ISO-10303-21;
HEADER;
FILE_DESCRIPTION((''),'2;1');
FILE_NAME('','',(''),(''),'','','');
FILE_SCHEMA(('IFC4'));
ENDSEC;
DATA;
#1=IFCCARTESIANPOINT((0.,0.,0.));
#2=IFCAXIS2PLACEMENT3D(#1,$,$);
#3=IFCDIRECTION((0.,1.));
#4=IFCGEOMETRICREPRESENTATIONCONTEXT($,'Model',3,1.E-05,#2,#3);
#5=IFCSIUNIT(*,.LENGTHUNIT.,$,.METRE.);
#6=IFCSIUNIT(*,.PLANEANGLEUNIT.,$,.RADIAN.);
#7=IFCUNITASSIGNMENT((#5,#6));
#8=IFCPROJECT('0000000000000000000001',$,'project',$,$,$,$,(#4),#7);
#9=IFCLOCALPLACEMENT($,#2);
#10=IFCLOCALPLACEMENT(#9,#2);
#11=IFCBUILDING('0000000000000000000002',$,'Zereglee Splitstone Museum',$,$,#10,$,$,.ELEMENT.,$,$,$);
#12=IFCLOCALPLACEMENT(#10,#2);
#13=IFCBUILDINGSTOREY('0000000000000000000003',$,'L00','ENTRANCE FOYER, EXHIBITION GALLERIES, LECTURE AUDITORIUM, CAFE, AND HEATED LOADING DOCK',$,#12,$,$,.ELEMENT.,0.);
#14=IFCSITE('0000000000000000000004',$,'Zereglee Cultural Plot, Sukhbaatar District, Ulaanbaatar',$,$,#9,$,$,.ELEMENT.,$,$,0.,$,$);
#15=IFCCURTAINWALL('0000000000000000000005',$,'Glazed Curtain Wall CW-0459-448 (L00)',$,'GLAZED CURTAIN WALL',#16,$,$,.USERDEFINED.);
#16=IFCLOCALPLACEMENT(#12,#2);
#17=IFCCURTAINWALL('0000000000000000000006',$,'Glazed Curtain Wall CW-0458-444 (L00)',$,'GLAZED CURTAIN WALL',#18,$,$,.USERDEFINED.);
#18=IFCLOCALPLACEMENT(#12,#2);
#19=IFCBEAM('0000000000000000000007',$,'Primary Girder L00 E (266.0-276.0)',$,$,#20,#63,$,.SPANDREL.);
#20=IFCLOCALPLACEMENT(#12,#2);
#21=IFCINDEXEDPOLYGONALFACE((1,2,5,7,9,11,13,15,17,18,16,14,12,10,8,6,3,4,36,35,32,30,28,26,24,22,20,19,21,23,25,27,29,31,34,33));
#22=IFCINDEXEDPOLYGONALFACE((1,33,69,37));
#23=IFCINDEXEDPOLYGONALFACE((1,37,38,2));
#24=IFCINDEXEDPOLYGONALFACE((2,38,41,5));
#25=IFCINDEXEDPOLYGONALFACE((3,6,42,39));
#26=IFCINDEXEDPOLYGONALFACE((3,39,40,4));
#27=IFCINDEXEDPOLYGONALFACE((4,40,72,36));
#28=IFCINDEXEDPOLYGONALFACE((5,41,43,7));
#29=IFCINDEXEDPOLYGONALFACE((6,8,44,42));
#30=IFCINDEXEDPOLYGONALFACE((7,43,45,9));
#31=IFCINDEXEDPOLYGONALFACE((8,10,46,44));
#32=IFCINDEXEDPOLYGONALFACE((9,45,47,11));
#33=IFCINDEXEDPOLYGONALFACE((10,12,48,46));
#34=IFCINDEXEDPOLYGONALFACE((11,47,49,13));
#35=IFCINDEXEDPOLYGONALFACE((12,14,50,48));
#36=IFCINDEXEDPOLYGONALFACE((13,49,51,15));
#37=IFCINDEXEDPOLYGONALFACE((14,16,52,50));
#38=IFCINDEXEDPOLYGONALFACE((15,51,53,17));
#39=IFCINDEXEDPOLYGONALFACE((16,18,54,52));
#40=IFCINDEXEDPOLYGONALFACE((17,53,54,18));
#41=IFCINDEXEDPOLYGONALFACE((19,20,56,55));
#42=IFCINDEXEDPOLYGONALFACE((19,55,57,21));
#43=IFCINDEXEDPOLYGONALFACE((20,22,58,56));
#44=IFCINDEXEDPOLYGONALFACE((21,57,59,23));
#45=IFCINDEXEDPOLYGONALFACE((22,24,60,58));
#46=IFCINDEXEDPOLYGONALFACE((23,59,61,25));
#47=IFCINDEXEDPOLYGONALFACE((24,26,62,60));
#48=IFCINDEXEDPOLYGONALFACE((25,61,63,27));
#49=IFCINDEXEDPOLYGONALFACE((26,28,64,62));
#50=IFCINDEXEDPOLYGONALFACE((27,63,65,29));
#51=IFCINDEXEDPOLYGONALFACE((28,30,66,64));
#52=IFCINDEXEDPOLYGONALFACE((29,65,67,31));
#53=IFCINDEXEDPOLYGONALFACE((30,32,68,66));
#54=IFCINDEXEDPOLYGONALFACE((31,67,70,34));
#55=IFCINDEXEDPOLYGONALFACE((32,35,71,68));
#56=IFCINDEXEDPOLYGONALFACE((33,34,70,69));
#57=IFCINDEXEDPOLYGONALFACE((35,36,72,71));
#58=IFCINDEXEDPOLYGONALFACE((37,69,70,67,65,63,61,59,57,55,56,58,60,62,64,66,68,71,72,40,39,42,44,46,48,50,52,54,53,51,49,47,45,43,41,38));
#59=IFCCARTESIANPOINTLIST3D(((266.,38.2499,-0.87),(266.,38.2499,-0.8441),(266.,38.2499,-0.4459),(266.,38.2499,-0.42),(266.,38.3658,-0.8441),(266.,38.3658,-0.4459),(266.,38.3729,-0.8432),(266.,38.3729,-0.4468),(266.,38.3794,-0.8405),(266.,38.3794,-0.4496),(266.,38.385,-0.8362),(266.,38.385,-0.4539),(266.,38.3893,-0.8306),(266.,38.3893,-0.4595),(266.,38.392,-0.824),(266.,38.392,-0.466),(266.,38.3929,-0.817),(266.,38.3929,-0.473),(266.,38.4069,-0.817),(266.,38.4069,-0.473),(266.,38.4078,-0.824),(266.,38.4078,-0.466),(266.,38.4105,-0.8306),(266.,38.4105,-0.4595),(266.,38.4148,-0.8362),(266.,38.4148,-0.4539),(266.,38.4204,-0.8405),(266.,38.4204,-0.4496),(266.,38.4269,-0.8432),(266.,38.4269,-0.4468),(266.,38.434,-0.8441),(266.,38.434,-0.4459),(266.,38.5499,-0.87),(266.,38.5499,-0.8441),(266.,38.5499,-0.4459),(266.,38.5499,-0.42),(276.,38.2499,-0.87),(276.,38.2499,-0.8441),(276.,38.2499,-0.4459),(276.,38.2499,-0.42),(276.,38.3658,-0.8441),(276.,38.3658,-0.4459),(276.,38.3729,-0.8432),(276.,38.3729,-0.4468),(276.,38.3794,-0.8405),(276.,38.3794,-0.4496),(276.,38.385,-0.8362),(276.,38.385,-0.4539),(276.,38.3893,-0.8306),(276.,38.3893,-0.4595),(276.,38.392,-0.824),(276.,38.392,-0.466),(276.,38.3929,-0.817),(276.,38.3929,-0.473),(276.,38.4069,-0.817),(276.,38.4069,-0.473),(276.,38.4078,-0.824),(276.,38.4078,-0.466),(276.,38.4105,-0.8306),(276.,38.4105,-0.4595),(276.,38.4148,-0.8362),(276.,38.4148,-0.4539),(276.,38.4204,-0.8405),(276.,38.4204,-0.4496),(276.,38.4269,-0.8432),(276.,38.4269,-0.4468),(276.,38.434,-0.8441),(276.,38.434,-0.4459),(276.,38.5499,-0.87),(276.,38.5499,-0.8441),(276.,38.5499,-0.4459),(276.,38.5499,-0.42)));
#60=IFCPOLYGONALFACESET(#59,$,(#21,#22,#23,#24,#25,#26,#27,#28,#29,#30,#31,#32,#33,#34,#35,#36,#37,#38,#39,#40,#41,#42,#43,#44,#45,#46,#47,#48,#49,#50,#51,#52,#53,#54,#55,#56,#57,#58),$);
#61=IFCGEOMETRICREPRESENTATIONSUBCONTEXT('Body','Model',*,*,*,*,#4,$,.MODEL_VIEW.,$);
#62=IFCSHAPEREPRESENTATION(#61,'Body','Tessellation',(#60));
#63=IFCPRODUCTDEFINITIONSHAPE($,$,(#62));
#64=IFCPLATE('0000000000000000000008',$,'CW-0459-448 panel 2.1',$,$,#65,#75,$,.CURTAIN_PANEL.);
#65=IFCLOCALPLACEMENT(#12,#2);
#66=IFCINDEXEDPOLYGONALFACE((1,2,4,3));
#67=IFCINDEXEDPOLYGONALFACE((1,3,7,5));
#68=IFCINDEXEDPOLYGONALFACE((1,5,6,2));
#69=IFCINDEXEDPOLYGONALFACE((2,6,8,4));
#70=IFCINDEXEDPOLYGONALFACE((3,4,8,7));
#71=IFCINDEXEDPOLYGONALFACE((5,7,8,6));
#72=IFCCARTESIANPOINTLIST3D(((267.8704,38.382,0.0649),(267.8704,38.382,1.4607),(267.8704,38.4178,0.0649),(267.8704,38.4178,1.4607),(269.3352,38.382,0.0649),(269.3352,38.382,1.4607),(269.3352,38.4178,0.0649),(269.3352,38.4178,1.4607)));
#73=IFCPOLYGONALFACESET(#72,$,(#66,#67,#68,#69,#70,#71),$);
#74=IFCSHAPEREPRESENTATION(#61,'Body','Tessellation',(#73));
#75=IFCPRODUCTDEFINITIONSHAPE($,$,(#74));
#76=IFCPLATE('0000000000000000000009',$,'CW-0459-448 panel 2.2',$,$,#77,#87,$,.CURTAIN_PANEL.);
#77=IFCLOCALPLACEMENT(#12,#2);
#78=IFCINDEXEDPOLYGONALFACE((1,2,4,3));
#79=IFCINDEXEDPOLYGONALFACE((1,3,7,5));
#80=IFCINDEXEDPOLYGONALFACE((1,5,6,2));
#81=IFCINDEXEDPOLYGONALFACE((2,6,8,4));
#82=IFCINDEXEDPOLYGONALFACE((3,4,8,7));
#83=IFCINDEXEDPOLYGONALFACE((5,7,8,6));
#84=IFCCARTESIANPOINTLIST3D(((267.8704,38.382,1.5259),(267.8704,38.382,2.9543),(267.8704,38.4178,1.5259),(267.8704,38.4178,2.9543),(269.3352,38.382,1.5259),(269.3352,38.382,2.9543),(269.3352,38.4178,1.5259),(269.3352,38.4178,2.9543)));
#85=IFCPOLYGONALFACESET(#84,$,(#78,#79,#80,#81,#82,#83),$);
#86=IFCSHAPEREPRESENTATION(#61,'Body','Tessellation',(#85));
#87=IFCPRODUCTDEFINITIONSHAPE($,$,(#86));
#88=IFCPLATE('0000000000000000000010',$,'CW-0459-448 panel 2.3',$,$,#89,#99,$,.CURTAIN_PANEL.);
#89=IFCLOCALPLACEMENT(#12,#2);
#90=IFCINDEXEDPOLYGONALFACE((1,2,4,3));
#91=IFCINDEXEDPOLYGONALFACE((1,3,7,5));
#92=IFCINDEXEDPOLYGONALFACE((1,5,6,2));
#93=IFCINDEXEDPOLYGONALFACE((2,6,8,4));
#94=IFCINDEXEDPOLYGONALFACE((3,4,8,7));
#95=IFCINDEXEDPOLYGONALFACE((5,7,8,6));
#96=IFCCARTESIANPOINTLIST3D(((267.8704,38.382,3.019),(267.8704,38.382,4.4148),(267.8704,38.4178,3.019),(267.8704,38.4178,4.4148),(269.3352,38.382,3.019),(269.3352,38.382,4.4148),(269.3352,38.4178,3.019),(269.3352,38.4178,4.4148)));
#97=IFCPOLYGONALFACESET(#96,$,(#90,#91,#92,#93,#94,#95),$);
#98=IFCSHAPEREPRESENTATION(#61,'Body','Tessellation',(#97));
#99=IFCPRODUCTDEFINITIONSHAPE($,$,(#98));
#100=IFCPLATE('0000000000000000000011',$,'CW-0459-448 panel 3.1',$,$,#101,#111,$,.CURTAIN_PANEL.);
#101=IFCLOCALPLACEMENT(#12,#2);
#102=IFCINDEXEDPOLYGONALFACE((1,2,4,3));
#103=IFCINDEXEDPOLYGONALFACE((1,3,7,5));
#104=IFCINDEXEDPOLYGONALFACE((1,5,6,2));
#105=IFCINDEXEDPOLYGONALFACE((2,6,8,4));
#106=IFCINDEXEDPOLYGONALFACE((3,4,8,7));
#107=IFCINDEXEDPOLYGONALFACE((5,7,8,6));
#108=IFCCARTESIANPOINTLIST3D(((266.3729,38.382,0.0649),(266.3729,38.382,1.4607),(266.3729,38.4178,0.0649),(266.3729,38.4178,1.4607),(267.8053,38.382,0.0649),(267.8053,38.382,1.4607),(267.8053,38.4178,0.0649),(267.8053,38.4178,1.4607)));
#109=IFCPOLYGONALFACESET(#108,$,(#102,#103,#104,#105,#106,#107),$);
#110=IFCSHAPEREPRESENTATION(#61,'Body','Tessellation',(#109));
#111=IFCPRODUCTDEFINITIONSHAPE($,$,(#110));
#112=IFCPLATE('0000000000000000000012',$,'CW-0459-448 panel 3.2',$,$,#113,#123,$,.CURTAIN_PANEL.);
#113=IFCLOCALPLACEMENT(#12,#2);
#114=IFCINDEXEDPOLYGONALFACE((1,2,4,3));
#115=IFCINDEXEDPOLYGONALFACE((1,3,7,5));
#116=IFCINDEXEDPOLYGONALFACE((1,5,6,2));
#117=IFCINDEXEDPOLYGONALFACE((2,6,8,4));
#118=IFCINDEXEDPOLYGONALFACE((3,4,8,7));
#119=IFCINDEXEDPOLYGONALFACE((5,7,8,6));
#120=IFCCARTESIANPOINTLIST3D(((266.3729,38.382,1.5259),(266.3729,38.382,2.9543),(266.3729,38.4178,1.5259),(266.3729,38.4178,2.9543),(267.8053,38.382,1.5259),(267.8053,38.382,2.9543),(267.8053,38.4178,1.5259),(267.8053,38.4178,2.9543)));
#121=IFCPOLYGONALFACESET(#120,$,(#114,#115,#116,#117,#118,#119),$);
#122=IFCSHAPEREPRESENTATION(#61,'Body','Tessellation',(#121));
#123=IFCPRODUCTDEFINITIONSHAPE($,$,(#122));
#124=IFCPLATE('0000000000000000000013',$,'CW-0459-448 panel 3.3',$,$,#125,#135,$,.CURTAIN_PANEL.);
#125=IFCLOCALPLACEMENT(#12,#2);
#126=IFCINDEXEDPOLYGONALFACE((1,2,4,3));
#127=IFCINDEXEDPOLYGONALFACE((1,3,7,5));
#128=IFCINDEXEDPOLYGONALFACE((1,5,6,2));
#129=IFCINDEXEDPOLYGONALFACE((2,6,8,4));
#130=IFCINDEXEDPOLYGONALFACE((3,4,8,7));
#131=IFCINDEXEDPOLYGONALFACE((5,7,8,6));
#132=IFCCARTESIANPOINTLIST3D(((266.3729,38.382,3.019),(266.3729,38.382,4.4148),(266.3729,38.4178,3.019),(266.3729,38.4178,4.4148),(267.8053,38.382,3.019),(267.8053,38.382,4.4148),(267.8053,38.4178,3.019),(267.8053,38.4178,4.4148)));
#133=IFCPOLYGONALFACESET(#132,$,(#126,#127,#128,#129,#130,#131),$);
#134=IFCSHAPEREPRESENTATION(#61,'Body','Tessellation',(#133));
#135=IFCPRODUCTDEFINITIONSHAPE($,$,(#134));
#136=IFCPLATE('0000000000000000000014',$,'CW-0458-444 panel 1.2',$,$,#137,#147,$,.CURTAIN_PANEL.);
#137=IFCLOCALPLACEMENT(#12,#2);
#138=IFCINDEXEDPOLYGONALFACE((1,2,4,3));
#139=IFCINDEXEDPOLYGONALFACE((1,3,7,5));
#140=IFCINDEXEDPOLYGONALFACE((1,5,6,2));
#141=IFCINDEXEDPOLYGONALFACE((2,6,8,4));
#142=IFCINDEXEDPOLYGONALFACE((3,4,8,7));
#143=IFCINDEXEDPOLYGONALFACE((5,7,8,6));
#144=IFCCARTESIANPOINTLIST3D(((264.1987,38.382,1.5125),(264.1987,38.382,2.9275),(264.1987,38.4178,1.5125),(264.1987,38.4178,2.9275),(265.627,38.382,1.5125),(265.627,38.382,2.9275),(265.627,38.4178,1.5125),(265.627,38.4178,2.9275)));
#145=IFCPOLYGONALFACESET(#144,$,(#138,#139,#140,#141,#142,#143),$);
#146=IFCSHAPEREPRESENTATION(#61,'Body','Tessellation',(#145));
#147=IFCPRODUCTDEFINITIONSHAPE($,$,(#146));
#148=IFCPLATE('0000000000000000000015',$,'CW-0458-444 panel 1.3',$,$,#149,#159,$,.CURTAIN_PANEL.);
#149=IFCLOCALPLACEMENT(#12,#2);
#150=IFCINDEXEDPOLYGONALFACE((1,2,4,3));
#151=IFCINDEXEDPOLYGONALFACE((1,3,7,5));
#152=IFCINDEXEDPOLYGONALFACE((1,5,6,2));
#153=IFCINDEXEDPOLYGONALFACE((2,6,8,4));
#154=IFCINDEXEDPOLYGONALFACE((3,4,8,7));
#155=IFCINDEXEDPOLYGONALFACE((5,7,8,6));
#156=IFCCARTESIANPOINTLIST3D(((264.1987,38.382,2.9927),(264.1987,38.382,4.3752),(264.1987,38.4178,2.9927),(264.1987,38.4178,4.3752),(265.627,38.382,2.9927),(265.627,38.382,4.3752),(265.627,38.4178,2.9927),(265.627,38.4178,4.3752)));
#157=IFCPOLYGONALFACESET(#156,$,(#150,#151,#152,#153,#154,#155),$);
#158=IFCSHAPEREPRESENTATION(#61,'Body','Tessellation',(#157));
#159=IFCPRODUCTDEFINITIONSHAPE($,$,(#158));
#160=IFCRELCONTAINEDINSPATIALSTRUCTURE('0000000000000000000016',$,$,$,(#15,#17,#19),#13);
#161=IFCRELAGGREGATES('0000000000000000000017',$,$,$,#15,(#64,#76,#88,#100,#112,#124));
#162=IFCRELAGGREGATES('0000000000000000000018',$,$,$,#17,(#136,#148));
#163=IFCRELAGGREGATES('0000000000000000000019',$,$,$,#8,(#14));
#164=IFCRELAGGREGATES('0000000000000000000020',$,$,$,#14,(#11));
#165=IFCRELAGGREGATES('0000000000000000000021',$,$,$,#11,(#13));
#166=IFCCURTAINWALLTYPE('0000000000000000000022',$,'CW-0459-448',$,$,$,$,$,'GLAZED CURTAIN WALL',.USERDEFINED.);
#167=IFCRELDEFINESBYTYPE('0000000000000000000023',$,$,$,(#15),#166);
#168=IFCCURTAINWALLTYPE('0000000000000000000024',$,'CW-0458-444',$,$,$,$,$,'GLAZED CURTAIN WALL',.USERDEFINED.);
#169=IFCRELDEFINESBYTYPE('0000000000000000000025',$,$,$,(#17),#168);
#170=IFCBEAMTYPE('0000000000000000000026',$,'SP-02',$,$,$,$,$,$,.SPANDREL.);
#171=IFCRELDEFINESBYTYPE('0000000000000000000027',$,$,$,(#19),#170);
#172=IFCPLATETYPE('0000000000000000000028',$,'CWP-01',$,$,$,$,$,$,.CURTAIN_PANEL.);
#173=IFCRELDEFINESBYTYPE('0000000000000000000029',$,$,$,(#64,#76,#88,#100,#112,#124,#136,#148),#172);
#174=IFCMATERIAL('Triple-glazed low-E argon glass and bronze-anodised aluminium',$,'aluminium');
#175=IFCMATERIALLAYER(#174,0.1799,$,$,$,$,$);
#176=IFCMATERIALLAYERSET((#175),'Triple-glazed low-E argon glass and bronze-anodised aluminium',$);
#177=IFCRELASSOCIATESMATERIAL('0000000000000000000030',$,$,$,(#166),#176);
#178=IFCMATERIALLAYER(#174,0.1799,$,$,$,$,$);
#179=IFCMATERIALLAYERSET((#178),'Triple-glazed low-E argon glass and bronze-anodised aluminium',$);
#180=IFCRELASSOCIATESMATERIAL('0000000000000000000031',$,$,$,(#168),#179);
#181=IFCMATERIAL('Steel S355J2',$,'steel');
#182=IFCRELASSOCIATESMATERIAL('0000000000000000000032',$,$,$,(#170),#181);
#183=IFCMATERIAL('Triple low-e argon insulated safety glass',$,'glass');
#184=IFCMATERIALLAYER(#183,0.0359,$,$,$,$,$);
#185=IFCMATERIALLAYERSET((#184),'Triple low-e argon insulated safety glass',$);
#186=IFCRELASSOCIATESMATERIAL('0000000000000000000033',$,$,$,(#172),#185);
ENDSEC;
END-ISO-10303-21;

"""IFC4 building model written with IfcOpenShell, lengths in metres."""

from ifc_helpers import new_model, si_unit, direction, frame, origin, origin_2d, place, context, subcontext, project, spatial, rectangle, i_section, extrude, material, layer, layer_set, material_profile, profile_set, type_object, element, aggregate, save


model = new_model("IFC4")

# Units and contexts
model_context = context("Model", 3, precision=1e-05, world=origin(), true_north=direction((0.0, 1.0)))
body_context = subcontext(model_context, "Body", "Model", "MODEL_VIEW")
ifc_project = project(units=[si_unit("LENGTHUNIT", "METRE"), si_unit("PLANEANGLEUNIT", "RADIAN")], contexts=[model_context])

# Site, building, storey
site_placement = place(None, origin())
site = spatial("IfcSite", under=ifc_project, at=site_placement, Name="Zereglee Cultural Plot, Sukhbaatar District, Ulaanbaatar", CompositionType="ELEMENT", RefElevation=0.0)
building_placement = place(site_placement, origin())
building = spatial("IfcBuilding", under=site, at=building_placement, Name="Zereglee Splitstone Museum", CompositionType="ELEMENT")
storey_placement = place(building_placement, origin())
storey = spatial("IfcBuildingStorey", under=building, at=storey_placement, Name="L00", Description="ENTRANCE FOYER, EXHIBITION GALLERIES, LECTURE AUDITORIUM, CAFE, AND HEATED LOADING DOCK", CompositionType="ELEMENT", Elevation=0.0)

# Curtain wall
ifc_material_1 = material(Name="Triple-glazed low-E argon glass and bronze-anodised aluminium", Category="aluminium")
ifc_layer_1 = layer(ifc_material_1, 0.1799)
ifc_layer_set_1 = layer_set([ifc_layer_1], Name="Triple-glazed low-E argon glass and bronze-anodised aluminium")
curtain_wall_type_1 = type_object("IfcCurtainWallType", Name="CW-0459-448", ElementType="GLAZED CURTAIN WALL", PredefinedType="USERDEFINED", material=ifc_layer_set_1)
curtain_wall_1_placement = place(storey_placement, origin())
curtain_wall_1 = element("IfcCurtainWall", 1, at=curtain_wall_1_placement, inside=storey, type_object=curtain_wall_type_1, Name="Glazed Curtain Wall CW-0459-448 (L00)", ObjectType="GLAZED CURTAIN WALL", PredefinedType="USERDEFINED")

# Curtain wall
ifc_layer_2 = layer(ifc_material_1, 0.1799)
ifc_layer_set_2 = layer_set([ifc_layer_2], Name="Triple-glazed low-E argon glass and bronze-anodised aluminium")
curtain_wall_type_2 = type_object("IfcCurtainWallType", Name="CW-0458-444", ElementType="GLAZED CURTAIN WALL", PredefinedType="USERDEFINED", material=ifc_layer_set_2)
curtain_wall_2_placement = place(storey_placement, origin())
curtain_wall_2 = element("IfcCurtainWall", 2, at=curtain_wall_2_placement, inside=storey, type_object=curtain_wall_type_2, Name="Glazed Curtain Wall CW-0458-444 (L00)", ObjectType="GLAZED CURTAIN WALL", PredefinedType="USERDEFINED")

# Beam
ifc_material_2 = material(Name="Steel S355J2", Category="steel")
ifc_material_profile_1 = material_profile(ifc_material_2, i_section(OverallWidth=0.3, OverallDepth=0.45, WebThickness=0.0139, FlangeThickness=0.0259, FilletRadius=0.0271, at=origin_2d()), Name="HE 450 B")
ifc_profile_set_1 = profile_set([ifc_material_profile_1], Name="Steel S355J2")
beam_type = type_object("IfcBeamType", Name="SP-02", PredefinedType="SPANDREL", material=ifc_profile_set_1)
beam_placement = place(storey_placement, frame((266.0, 38.3999, -0.645), z_axis=(1.0, 0.0, 0.0), x_axis=(0.0, 1.0, 0.0)))
element("IfcBeam", 3, at=beam_placement, inside=storey, type_object=beam_type, Name="Primary Girder L00 E (266.0-276.0)", PredefinedType="SPANDREL", context=body_context, shape_type="SweptSolid", body=[
    extrude(i_section(OverallWidth=0.3, OverallDepth=0.45, WebThickness=0.0139, FlangeThickness=0.0259, FilletRadius=0.0271, at=origin_2d()), origin(), (0.0, 0.0, 1.0), 10.0),
])

# Plates
ifc_material_3 = material(Name="Triple low-e argon insulated safety glass", Category="glass")
ifc_layer_3 = layer(ifc_material_3, 0.0359)
ifc_layer_set_3 = layer_set([ifc_layer_3], Name="Triple low-e argon insulated safety glass")
plate_type = type_object("IfcPlateType", Name="CWP-01", PredefinedType="CURTAIN_PANEL", material=ifc_layer_set_3)
plate_1_placement = place(storey_placement, frame((268.6028, 38.3999, 0.0649), z_axis=(0.0, 0.0, 1.0), x_axis=(-1.0, 0.0, 0.0)))
plate_1 = element("IfcPlate", 4, at=plate_1_placement, type_object=plate_type, Name="CW-0459-448 panel 2.1", PredefinedType="CURTAIN_PANEL", context=body_context, shape_type="SweptSolid", body=[
    extrude(rectangle(XDim=1.4648, YDim=0.0359, at=origin_2d()), origin(), (0.0, 0.0, 1.0), 1.3958),
])
plate_2_placement = place(storey_placement, frame((268.6028, 38.3999, 1.5259), z_axis=(0.0, 0.0, 1.0), x_axis=(-1.0, 0.0, 0.0)))
plate_2 = element("IfcPlate", 5, at=plate_2_placement, type_object=plate_type, Name="CW-0459-448 panel 2.2", PredefinedType="CURTAIN_PANEL", context=body_context, shape_type="SweptSolid", body=[
    extrude(rectangle(XDim=1.4648, YDim=0.0359, at=origin_2d()), origin(), (0.0, 0.0, 1.0), 1.4285),
])
plate_3_placement = place(storey_placement, frame((268.6028, 38.3999, 3.019), z_axis=(0.0, 0.0, 1.0), x_axis=(-1.0, 0.0, 0.0)))
plate_3 = element("IfcPlate", 6, at=plate_3_placement, type_object=plate_type, Name="CW-0459-448 panel 2.3", PredefinedType="CURTAIN_PANEL", context=body_context, shape_type="SweptSolid", body=[
    extrude(rectangle(XDim=1.4648, YDim=0.0359, at=origin_2d()), origin(), (0.0, 0.0, 1.0), 1.3958),
])
plate_4_placement = place(storey_placement, frame((267.0891, 38.3999, 0.0649), z_axis=(0.0, 0.0, 1.0), x_axis=(-1.0, 0.0, 0.0)))
plate_4 = element("IfcPlate", 7, at=plate_4_placement, type_object=plate_type, Name="CW-0459-448 panel 3.1", PredefinedType="CURTAIN_PANEL", context=body_context, shape_type="SweptSolid", body=[
    extrude(rectangle(XDim=1.4324, YDim=0.0359, at=origin_2d()), origin(), (0.0, 0.0, 1.0), 1.3958),
])
plate_5_placement = place(storey_placement, frame((267.0891, 38.3999, 1.5259), z_axis=(0.0, 0.0, 1.0), x_axis=(-1.0, 0.0, 0.0)))
plate_5 = element("IfcPlate", 8, at=plate_5_placement, type_object=plate_type, Name="CW-0459-448 panel 3.2", PredefinedType="CURTAIN_PANEL", context=body_context, shape_type="SweptSolid", body=[
    extrude(rectangle(XDim=1.4324, YDim=0.0359, at=origin_2d()), origin(), (0.0, 0.0, 1.0), 1.4285),
])
plate_6_placement = place(storey_placement, frame((267.0891, 38.3999, 3.019), z_axis=(0.0, 0.0, 1.0), x_axis=(-1.0, 0.0, 0.0)))
plate_6 = element("IfcPlate", 9, at=plate_6_placement, type_object=plate_type, Name="CW-0459-448 panel 3.3", PredefinedType="CURTAIN_PANEL", context=body_context, shape_type="SweptSolid", body=[
    extrude(rectangle(XDim=1.4324, YDim=0.0359, at=origin_2d()), origin(), (0.0, 0.0, 1.0), 1.3958),
])
aggregate(curtain_wall_1, [plate_1, plate_2, plate_3, plate_4, plate_5, plate_6])
plate_7_placement = place(storey_placement, frame((264.9128, 38.3999, 1.5125), z_axis=(0.0, 0.0, 1.0), x_axis=(-1.0, 0.0, 0.0)))
plate_7 = element("IfcPlate", 10, at=plate_7_placement, type_object=plate_type, Name="CW-0458-444 panel 1.2", PredefinedType="CURTAIN_PANEL", context=body_context, shape_type="SweptSolid", body=[
    extrude(rectangle(XDim=1.4282, YDim=0.0359, at=origin_2d()), origin(), (0.0, 0.0, 1.0), 1.415),
])
plate_8_placement = place(storey_placement, frame((264.9128, 38.3999, 2.9927), z_axis=(0.0, 0.0, 1.0), x_axis=(-1.0, 0.0, 0.0)))
plate_8 = element("IfcPlate", 11, at=plate_8_placement, type_object=plate_type, Name="CW-0458-444 panel 1.3", PredefinedType="CURTAIN_PANEL", context=body_context, shape_type="SweptSolid", body=[
    extrude(rectangle(XDim=1.4282, YDim=0.0359, at=origin_2d()), origin(), (0.0, 0.0, 1.0), 1.3826),
])
aggregate(curtain_wall_2, [plate_7, plate_8])

save(model, "model.ifc")
